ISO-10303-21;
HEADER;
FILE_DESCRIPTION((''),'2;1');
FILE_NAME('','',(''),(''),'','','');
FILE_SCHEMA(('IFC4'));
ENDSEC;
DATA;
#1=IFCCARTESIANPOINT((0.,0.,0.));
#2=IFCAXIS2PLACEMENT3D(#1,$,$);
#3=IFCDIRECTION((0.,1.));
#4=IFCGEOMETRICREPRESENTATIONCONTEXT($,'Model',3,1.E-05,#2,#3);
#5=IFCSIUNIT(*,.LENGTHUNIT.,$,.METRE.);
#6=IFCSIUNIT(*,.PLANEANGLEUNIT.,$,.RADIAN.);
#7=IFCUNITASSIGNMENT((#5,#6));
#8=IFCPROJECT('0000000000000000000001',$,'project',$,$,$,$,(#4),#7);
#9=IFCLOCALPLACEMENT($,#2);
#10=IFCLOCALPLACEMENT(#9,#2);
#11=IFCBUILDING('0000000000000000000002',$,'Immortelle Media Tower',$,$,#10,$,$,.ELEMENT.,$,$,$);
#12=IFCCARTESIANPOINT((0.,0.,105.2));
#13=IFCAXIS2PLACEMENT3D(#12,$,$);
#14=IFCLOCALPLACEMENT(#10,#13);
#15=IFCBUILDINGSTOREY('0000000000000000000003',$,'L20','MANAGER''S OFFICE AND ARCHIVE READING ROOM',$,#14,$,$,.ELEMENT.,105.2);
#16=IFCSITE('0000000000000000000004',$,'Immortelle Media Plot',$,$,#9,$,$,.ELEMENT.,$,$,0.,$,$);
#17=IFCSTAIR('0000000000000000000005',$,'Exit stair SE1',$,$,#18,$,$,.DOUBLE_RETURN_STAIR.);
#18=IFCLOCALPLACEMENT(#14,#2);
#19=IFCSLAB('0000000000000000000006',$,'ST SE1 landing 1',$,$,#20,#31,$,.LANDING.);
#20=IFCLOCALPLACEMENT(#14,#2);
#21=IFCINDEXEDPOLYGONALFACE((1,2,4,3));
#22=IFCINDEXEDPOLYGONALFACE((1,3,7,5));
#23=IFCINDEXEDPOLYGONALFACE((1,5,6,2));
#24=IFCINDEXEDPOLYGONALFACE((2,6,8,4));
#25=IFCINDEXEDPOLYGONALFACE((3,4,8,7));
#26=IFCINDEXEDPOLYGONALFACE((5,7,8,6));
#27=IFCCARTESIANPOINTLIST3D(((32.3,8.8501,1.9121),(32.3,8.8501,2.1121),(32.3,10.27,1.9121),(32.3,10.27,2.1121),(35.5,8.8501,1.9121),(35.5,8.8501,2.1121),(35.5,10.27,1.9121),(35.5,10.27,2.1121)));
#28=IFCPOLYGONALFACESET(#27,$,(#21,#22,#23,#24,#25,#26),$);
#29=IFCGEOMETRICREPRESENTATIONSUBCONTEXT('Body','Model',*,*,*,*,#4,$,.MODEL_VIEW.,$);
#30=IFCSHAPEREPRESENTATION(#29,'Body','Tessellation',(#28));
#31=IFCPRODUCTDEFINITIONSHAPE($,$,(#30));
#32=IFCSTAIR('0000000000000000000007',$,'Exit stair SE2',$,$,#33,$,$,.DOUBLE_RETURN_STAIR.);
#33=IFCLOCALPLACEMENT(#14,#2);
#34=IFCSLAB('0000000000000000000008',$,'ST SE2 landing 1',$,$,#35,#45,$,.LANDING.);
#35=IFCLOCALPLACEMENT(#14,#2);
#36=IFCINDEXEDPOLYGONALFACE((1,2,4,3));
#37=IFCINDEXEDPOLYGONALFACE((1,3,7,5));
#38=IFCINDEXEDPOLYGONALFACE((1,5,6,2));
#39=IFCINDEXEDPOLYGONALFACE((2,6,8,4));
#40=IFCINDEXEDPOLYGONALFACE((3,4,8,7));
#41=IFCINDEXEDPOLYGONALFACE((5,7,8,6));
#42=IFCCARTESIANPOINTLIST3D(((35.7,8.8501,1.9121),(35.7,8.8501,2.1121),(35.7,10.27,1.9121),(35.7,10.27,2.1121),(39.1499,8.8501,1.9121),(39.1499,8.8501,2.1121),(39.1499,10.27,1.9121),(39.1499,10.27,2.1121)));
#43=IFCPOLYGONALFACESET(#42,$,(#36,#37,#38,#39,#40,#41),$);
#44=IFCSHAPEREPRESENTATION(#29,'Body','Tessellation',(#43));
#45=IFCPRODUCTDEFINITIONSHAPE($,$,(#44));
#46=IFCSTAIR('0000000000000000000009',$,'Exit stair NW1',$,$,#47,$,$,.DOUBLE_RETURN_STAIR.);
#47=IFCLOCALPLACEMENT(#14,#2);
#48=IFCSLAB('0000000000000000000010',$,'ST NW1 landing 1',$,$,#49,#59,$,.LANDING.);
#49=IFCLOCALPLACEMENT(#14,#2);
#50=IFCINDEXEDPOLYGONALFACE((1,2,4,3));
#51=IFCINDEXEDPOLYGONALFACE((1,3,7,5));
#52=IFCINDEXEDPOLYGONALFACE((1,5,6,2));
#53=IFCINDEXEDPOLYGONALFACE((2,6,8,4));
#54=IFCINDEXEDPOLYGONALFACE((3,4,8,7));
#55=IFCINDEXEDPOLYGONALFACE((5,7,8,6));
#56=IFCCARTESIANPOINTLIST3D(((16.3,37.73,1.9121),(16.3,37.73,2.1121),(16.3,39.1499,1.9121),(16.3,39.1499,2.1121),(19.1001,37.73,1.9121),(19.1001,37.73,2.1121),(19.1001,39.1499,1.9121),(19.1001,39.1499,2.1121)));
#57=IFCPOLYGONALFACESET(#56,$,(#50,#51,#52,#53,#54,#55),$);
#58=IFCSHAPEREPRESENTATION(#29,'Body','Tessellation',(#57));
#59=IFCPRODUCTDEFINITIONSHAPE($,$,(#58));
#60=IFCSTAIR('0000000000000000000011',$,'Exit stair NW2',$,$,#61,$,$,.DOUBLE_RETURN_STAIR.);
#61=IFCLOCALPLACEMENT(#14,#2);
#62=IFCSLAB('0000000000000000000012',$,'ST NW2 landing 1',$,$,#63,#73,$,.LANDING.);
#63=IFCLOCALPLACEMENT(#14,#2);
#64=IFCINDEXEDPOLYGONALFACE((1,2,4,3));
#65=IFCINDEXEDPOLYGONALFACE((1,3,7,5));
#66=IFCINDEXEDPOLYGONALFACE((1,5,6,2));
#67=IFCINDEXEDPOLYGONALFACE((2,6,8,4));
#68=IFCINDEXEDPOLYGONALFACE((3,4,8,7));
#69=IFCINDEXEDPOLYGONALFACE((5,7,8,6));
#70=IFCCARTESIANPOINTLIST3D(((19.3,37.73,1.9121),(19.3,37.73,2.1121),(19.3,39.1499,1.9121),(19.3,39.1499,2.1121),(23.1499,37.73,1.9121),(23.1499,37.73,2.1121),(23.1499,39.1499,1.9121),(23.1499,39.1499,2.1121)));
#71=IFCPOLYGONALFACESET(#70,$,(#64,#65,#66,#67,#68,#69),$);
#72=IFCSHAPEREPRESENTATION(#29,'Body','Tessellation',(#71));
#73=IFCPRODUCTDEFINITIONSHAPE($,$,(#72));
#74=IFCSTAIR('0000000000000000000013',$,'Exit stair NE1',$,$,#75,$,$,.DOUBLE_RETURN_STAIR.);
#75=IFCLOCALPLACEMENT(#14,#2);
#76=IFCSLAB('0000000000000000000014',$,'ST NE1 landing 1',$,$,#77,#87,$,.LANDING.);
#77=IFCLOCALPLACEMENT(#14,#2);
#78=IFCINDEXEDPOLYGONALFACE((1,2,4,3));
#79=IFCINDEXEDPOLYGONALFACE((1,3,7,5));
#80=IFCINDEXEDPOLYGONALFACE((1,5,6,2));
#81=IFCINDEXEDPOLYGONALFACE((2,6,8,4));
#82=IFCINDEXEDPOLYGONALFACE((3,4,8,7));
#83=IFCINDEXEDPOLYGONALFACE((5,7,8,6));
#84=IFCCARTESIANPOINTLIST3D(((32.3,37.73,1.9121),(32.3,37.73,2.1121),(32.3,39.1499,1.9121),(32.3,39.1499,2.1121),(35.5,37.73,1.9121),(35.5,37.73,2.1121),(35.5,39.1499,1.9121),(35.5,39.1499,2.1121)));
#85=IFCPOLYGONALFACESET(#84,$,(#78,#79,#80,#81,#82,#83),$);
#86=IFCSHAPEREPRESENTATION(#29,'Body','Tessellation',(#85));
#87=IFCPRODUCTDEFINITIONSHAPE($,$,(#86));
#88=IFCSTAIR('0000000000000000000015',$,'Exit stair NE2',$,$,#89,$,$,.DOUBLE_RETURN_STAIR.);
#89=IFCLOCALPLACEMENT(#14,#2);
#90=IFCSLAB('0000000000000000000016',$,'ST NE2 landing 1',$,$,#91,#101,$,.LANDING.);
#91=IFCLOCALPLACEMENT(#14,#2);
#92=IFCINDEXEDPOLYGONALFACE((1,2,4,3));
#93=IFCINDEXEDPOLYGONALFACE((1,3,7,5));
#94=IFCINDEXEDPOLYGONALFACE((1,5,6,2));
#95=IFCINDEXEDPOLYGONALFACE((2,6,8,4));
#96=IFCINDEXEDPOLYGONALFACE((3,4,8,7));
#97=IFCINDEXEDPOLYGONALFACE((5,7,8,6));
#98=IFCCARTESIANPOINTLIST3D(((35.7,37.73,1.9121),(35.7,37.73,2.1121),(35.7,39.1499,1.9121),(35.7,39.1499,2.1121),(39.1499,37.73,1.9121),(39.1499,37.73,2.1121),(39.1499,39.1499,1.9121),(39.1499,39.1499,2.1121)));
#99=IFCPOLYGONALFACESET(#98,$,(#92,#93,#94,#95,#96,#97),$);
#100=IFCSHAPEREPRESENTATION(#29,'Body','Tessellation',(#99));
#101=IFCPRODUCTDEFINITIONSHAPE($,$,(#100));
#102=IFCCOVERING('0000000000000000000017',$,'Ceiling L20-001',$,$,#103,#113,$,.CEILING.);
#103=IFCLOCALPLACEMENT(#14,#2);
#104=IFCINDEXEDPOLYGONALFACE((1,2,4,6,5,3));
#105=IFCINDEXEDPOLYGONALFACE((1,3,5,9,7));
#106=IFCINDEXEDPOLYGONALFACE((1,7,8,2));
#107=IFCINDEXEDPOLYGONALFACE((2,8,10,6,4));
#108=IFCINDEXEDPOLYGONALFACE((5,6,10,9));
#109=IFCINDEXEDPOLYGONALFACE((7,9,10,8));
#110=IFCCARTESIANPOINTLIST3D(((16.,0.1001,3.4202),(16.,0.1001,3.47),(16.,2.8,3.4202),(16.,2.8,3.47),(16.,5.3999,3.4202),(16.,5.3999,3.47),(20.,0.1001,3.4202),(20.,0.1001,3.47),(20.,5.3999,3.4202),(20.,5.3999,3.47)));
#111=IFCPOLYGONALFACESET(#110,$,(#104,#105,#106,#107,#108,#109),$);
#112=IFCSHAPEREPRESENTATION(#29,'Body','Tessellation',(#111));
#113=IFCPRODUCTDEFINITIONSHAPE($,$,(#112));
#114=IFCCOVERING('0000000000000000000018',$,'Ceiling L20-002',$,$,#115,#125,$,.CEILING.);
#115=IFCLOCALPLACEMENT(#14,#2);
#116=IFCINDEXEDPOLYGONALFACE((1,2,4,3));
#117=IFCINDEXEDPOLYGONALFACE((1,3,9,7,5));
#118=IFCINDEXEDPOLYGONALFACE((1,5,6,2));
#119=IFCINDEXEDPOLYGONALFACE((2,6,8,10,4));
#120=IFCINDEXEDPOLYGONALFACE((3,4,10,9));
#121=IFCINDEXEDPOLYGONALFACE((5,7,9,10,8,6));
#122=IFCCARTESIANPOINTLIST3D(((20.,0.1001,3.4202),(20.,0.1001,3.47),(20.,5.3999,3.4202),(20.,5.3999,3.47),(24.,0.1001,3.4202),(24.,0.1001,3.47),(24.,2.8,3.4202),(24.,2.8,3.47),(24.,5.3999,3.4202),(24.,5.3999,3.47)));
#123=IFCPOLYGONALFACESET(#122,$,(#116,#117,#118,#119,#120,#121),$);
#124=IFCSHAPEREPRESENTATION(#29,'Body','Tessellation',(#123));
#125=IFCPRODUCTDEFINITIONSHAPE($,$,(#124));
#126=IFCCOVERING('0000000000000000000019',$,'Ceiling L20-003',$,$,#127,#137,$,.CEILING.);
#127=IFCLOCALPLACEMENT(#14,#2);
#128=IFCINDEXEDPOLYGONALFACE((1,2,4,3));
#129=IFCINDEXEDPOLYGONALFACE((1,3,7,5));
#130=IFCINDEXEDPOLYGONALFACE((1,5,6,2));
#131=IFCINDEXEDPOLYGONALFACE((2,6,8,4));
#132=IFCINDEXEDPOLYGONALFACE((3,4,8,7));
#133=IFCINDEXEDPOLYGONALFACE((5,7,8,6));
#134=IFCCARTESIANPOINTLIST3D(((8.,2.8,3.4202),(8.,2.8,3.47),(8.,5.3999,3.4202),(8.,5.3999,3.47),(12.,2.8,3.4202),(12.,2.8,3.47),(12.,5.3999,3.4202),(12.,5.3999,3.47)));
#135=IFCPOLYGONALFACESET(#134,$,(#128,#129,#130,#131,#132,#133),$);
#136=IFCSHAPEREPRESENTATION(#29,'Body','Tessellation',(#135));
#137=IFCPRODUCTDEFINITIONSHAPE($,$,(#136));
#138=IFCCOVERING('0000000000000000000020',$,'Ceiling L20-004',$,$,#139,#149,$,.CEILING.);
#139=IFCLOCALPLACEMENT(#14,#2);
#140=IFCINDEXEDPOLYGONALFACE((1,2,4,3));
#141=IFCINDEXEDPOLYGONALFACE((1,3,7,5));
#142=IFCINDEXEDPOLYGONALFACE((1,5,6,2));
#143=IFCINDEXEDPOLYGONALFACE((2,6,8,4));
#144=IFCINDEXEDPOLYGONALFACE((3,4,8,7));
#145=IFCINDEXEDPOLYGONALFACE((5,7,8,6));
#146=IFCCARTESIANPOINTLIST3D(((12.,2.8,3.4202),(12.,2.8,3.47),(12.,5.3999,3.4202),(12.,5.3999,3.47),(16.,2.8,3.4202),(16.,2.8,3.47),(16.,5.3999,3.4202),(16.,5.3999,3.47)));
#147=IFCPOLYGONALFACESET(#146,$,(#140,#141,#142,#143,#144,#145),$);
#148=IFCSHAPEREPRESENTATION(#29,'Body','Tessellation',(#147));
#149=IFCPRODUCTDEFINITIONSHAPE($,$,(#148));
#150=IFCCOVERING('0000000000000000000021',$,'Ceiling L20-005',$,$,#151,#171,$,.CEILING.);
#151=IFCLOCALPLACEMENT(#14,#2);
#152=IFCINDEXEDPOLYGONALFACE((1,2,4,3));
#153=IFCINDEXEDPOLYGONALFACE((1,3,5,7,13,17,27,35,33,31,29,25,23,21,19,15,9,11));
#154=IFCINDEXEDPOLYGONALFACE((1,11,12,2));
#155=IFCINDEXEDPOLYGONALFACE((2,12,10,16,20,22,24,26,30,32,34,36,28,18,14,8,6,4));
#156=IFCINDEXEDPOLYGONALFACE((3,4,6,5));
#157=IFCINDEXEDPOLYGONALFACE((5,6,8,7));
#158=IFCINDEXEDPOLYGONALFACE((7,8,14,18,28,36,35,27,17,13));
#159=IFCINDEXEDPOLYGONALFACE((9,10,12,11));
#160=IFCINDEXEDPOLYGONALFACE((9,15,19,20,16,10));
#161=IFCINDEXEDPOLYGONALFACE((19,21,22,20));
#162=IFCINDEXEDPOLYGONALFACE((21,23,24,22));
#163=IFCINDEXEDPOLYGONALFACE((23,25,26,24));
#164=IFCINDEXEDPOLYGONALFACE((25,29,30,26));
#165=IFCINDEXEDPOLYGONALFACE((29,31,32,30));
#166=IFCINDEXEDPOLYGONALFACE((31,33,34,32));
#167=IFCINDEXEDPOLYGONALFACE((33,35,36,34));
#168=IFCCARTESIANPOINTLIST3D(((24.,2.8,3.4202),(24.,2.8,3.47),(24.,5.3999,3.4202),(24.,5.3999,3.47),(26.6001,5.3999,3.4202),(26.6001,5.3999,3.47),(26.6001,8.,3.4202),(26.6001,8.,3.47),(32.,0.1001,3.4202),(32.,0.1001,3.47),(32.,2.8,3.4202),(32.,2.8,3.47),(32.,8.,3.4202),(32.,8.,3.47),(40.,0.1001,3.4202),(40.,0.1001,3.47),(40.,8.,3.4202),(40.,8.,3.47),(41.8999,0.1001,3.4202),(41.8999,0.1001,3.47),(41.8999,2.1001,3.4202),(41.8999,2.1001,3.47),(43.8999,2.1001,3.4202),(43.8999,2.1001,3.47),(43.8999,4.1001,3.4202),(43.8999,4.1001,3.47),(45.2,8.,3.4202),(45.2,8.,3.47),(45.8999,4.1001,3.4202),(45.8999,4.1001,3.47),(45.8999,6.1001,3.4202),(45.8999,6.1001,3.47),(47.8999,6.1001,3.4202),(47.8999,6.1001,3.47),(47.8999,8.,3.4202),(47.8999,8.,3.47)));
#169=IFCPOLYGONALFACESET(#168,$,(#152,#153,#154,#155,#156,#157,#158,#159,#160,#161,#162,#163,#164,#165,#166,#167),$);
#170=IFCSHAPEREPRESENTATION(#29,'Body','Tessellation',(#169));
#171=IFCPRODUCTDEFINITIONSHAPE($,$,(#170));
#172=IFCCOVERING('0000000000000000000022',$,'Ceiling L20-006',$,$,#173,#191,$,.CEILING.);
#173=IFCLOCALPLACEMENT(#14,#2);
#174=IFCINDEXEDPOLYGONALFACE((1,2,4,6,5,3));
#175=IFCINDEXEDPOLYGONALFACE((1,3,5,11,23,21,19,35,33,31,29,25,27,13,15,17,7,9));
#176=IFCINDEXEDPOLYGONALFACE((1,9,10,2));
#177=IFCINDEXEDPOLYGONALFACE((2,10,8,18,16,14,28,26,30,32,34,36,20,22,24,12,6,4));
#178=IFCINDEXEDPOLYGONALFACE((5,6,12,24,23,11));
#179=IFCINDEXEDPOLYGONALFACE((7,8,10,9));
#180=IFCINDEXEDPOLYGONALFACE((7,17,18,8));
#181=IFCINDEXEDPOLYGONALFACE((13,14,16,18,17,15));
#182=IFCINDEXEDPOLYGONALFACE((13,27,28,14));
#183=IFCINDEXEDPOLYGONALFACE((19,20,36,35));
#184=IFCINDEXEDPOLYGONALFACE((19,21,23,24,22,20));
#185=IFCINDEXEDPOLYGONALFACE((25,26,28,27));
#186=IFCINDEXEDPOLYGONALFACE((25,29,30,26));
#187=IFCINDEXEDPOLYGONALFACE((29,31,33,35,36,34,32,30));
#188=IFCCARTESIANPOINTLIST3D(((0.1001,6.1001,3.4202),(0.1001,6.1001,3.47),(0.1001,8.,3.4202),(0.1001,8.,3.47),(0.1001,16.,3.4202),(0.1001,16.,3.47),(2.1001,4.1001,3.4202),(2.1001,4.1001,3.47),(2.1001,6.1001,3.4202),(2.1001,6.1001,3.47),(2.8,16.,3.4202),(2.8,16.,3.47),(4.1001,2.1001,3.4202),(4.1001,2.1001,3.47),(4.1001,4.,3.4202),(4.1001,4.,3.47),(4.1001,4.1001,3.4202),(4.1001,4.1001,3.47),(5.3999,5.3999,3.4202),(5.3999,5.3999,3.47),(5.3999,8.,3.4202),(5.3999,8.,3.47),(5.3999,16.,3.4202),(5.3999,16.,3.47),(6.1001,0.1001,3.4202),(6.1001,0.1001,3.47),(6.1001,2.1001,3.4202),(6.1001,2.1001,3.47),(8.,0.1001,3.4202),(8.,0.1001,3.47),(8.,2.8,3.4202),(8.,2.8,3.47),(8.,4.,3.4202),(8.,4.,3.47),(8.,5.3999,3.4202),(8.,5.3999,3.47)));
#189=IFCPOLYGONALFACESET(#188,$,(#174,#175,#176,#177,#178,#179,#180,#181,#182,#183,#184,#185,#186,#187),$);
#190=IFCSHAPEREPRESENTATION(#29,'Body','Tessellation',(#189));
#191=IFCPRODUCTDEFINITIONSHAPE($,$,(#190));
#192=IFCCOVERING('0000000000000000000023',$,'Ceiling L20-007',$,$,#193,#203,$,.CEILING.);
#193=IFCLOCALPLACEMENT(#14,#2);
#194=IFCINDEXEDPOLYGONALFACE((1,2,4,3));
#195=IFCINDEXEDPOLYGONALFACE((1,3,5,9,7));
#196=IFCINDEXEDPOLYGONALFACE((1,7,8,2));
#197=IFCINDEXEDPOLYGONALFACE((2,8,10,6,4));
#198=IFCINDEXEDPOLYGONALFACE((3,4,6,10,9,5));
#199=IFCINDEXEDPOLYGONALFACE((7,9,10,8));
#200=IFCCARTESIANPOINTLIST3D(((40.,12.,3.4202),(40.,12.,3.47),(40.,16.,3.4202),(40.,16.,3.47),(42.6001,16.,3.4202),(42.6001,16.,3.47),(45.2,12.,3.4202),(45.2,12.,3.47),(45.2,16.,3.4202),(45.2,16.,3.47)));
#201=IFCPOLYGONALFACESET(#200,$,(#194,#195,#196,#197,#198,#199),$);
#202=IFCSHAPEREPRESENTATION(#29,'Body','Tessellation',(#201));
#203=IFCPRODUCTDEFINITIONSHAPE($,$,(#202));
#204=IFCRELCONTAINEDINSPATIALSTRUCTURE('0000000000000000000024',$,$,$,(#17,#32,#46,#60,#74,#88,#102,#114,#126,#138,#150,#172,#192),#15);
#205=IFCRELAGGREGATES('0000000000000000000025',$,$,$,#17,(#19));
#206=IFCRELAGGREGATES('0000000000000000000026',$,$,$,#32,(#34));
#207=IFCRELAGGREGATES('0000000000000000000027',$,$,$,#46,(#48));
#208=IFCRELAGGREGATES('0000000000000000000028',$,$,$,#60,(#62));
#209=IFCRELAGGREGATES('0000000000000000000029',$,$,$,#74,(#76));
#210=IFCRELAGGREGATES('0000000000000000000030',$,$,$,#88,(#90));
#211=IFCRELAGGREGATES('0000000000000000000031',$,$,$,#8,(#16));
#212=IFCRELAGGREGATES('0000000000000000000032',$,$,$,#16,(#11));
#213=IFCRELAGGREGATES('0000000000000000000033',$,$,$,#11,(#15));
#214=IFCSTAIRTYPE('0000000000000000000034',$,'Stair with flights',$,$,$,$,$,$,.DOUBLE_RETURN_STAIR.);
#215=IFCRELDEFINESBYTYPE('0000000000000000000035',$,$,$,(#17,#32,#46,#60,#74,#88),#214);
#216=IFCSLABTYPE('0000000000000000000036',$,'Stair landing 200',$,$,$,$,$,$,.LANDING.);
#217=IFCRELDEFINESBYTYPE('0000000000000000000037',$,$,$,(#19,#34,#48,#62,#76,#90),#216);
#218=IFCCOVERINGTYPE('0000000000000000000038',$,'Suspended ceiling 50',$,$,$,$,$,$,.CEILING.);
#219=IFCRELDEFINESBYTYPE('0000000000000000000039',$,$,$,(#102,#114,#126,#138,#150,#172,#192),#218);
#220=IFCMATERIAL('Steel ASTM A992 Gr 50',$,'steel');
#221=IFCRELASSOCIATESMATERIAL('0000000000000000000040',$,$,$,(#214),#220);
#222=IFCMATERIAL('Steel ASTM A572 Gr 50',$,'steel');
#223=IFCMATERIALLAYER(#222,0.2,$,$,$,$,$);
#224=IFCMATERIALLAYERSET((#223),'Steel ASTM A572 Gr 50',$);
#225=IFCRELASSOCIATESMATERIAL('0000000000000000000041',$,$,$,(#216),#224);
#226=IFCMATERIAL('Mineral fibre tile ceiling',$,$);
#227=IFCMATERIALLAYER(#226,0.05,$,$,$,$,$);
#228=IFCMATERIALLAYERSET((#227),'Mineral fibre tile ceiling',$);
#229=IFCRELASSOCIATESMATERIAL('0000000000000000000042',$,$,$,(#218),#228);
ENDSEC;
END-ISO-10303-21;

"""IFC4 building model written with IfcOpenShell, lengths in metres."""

from ifc_helpers import new_model, si_unit, direction, frame, origin, place, context, subcontext, project, spatial, polyline, outline, extrude, material, layer, layer_set, type_object, element, aggregate, save


model = new_model("IFC4")

# Units and contexts
model_context = context("Model", 3, precision=1e-05, world=origin(), true_north=direction((0.0, 1.0)))
body_context = subcontext(model_context, "Body", "Model", "MODEL_VIEW")
ifc_project = project(units=[si_unit("LENGTHUNIT", "METRE"), si_unit("PLANEANGLEUNIT", "RADIAN")], contexts=[model_context])

# Site, building, storey
site_placement = place(None, origin())
site = spatial("IfcSite", under=ifc_project, at=site_placement, Name="Immortelle Media Plot", CompositionType="ELEMENT", RefElevation=0.0)
building_placement = place(site_placement, origin())
building = spatial("IfcBuilding", under=site, at=building_placement, Name="Immortelle Media Tower", CompositionType="ELEMENT")
storey_placement = place(building_placement, frame((0.0, 0.0, 105.2)))
storey = spatial("IfcBuildingStorey", under=building, at=storey_placement, Name="L20", Description="MANAGER'S OFFICE AND ARCHIVE READING ROOM", CompositionType="ELEMENT", Elevation=105.2)

# Stairs, slabs
ifc_material_1 = material(Name="Steel ASTM A992 Gr 50", Category="steel")
stair_type = type_object("IfcStairType", Name="Stair with flights", PredefinedType="DOUBLE_RETURN_STAIR", material=ifc_material_1)
ifc_material_2 = material(Name="Steel ASTM A572 Gr 50", Category="steel")
ifc_layer_1 = layer(ifc_material_2, 0.2)
ifc_layer_set_1 = layer_set([ifc_layer_1], Name="Steel ASTM A572 Gr 50")
slab_type_1 = type_object("IfcSlabType", Name="Stair landing 200", PredefinedType="LANDING", material=ifc_layer_set_1)
stair_1_placement = place(storey_placement, origin())
stair_1 = element("IfcStair", 1, at=stair_1_placement, inside=storey, type_object=stair_type, Name="Exit stair SE1", PredefinedType="DOUBLE_RETURN_STAIR")
slab_1_placement = place(storey_placement, frame((0.0, 0.0, 1.9121)))
slab_1 = element("IfcSlab", 2, at=slab_1_placement, type_object=slab_type_1, Name="ST SE1 landing 1", PredefinedType="LANDING", context=body_context, shape_type="SweptSolid", body=[
    extrude(outline(polyline([(32.3, 8.8501), (35.5, 8.8501), (35.5, 10.27), (32.3, 10.27), (32.3, 8.8501)])), origin(), (0.0, 0.0, 1.0), 0.2),
])
aggregate(stair_1, [slab_1])
stair_2_placement = place(storey_placement, origin())
stair_2 = element("IfcStair", 3, at=stair_2_placement, inside=storey, type_object=stair_type, Name="Exit stair SE2", PredefinedType="DOUBLE_RETURN_STAIR")
slab_2_placement = place(storey_placement, frame((0.0, 0.0, 1.9121)))
slab_2 = element("IfcSlab", 4, at=slab_2_placement, type_object=slab_type_1, Name="ST SE2 landing 1", PredefinedType="LANDING", context=body_context, shape_type="SweptSolid", body=[
    extrude(outline(polyline([(35.7, 8.8501), (39.1499, 8.8501), (39.1499, 10.27), (35.7, 10.27), (35.7, 8.8501)])), origin(), (0.0, 0.0, 1.0), 0.2),
])
aggregate(stair_2, [slab_2])
stair_3_placement = place(storey_placement, origin())
stair_3 = element("IfcStair", 5, at=stair_3_placement, inside=storey, type_object=stair_type, Name="Exit stair NW1", PredefinedType="DOUBLE_RETURN_STAIR")
slab_3_placement = place(storey_placement, frame((0.0, 0.0, 1.9121)))
slab_3 = element("IfcSlab", 6, at=slab_3_placement, type_object=slab_type_1, Name="ST NW1 landing 1", PredefinedType="LANDING", context=body_context, shape_type="SweptSolid", body=[
    extrude(outline(polyline([(16.3, 37.73), (19.1001, 37.73), (19.1001, 39.1499), (16.3, 39.1499), (16.3, 37.73)])), origin(), (0.0, 0.0, 1.0), 0.2),
])
aggregate(stair_3, [slab_3])
stair_4_placement = place(storey_placement, origin())
stair_4 = element("IfcStair", 7, at=stair_4_placement, inside=storey, type_object=stair_type, Name="Exit stair NW2", PredefinedType="DOUBLE_RETURN_STAIR")
slab_4_placement = place(storey_placement, frame((0.0, 0.0, 1.9121)))
slab_4 = element("IfcSlab", 8, at=slab_4_placement, type_object=slab_type_1, Name="ST NW2 landing 1", PredefinedType="LANDING", context=body_context, shape_type="SweptSolid", body=[
    extrude(outline(polyline([(19.3, 37.73), (23.1499, 37.73), (23.1499, 39.1499), (19.3, 39.1499), (19.3, 37.73)])), origin(), (0.0, 0.0, 1.0), 0.2),
])
aggregate(stair_4, [slab_4])
stair_5_placement = place(storey_placement, origin())
stair_5 = element("IfcStair", 9, at=stair_5_placement, inside=storey, type_object=stair_type, Name="Exit stair NE1", PredefinedType="DOUBLE_RETURN_STAIR")
slab_5_placement = place(storey_placement, frame((0.0, 0.0, 1.9121)))
slab_5 = element("IfcSlab", 10, at=slab_5_placement, type_object=slab_type_1, Name="ST NE1 landing 1", PredefinedType="LANDING", context=body_context, shape_type="SweptSolid", body=[
    extrude(outline(polyline([(32.3, 37.73), (35.5, 37.73), (35.5, 39.1499), (32.3, 39.1499), (32.3, 37.73)])), origin(), (0.0, 0.0, 1.0), 0.2),
])
aggregate(stair_5, [slab_5])
stair_6_placement = place(storey_placement, origin())
stair_6 = element("IfcStair", 11, at=stair_6_placement, inside=storey, type_object=stair_type, Name="Exit stair NE2", PredefinedType="DOUBLE_RETURN_STAIR")
slab_6_placement = place(storey_placement, frame((0.0, 0.0, 1.9121)))
slab_6 = element("IfcSlab", 12, at=slab_6_placement, type_object=slab_type_1, Name="ST NE2 landing 1", PredefinedType="LANDING", context=body_context, shape_type="SweptSolid", body=[
    extrude(outline(polyline([(35.7, 37.73), (39.1499, 37.73), (39.1499, 39.1499), (35.7, 39.1499), (35.7, 37.73)])), origin(), (0.0, 0.0, 1.0), 0.2),
])
aggregate(stair_6, [slab_6])

# Coverings
ifc_material_3 = material(Name="Mineral fibre tile ceiling")
ifc_layer_2 = layer(ifc_material_3, 0.05)
ifc_layer_set_2 = layer_set([ifc_layer_2], Name="Mineral fibre tile ceiling")
covering_type = type_object("IfcCoveringType", Name="Suspended ceiling 50", PredefinedType="CEILING", material=ifc_layer_set_2)
covering_1_placement = place(storey_placement, frame((0.0, 0.0, 3.4202)))
element("IfcCovering", 13, at=covering_1_placement, inside=storey, type_object=covering_type, Name="Ceiling L20-001", PredefinedType="CEILING", context=body_context, shape_type="SweptSolid", body=[
    extrude(outline(polyline([(16.0, 2.8), (16.0, 5.3999), (20.0, 5.3999), (20.0, 0.1001), (16.0, 0.1001), (16.0, 2.8)])), origin(), (0.0, 0.0, 1.0), 0.0498),
])
covering_2_placement = place(storey_placement, frame((0.0, 0.0, 3.4202)))
element("IfcCovering", 14, at=covering_2_placement, inside=storey, type_object=covering_type, Name="Ceiling L20-002", PredefinedType="CEILING", context=body_context, shape_type="SweptSolid", body=[
    extrude(outline(polyline([(24.0, 5.3999), (24.0, 2.8), (24.0, 0.1001), (20.0, 0.1001), (20.0, 5.3999), (24.0, 5.3999)])), origin(), (0.0, 0.0, 1.0), 0.0498),
])
covering_3_placement = place(storey_placement, frame((0.0, 0.0, 3.4202)))
element("IfcCovering", 15, at=covering_3_placement, inside=storey, type_object=covering_type, Name="Ceiling L20-003", PredefinedType="CEILING", context=body_context, shape_type="SweptSolid", body=[
    extrude(outline(polyline([(8.0, 5.3999), (12.0, 5.3999), (12.0, 2.8), (8.0, 2.8), (8.0, 5.3999)])), origin(), (0.0, 0.0, 1.0), 0.0498),
])
covering_4_placement = place(storey_placement, frame((0.0, 0.0, 3.4202)))
element("IfcCovering", 16, at=covering_4_placement, inside=storey, type_object=covering_type, Name="Ceiling L20-004", PredefinedType="CEILING", context=body_context, shape_type="SweptSolid", body=[
    extrude(outline(polyline([(16.0, 5.3999), (16.0, 2.8), (12.0, 2.8), (12.0, 5.3999), (16.0, 5.3999)])), origin(), (0.0, 0.0, 1.0), 0.0498),
])
covering_5_placement = place(storey_placement, frame((0.0, 0.0, 3.4202)))
element("IfcCovering", 17, at=covering_5_placement, inside=storey, type_object=covering_type, Name="Ceiling L20-005", PredefinedType="CEILING", context=body_context, shape_type="SweptSolid", body=[
    extrude(outline(polyline([(24.0, 2.8), (24.0, 5.3999), (26.6001, 5.3999), (26.6001, 8.0), (32.0, 8.0), (40.0, 8.0), (45.2, 8.0), (47.8999, 8.0), (47.8999, 6.1001), (45.8999, 6.1001), (45.8999, 4.1001), (43.8999, 4.1001), (43.8999, 2.1001), (41.8999, 2.1001), (41.8999, 0.1001), (40.0, 0.1001), (32.0, 0.1001), (32.0, 2.8), (24.0, 2.8)])), origin(), (0.0, 0.0, 1.0), 0.0498),
])
covering_6_placement = place(storey_placement, frame((0.0, 0.0, 3.4202)))
element("IfcCovering", 18, at=covering_6_placement, inside=storey, type_object=covering_type, Name="Ceiling L20-006", PredefinedType="CEILING", context=body_context, shape_type="SweptSolid", body=[
    extrude(outline(polyline([(4.1001, 4.0), (4.1001, 4.1001), (2.1001, 4.1001), (2.1001, 6.1001), (0.1001, 6.1001), (0.1001, 8.0), (0.1001, 16.0), (2.8, 16.0), (5.3999, 16.0), (5.3999, 8.0), (5.3999, 5.3999), (8.0, 5.3999), (8.0, 4.0), (8.0, 2.8), (8.0, 0.1001), (6.1001, 0.1001), (6.1001, 2.1001), (4.1001, 2.1001), (4.1001, 4.0)])), origin(), (0.0, 0.0, 1.0), 0.0498),
])
covering_7_placement = place(storey_placement, frame((0.0, 0.0, 3.4202)))
element("IfcCovering", 19, at=covering_7_placement, inside=storey, type_object=covering_type, Name="Ceiling L20-007", PredefinedType="CEILING", context=body_context, shape_type="SweptSolid", body=[
    extrude(outline(polyline([(40.0, 16.0), (42.6001, 16.0), (45.2, 16.0), (45.2, 12.0), (40.0, 12.0), (40.0, 16.0)])), origin(), (0.0, 0.0, 1.0), 0.0498),
])

save(model, "model.ifc")
